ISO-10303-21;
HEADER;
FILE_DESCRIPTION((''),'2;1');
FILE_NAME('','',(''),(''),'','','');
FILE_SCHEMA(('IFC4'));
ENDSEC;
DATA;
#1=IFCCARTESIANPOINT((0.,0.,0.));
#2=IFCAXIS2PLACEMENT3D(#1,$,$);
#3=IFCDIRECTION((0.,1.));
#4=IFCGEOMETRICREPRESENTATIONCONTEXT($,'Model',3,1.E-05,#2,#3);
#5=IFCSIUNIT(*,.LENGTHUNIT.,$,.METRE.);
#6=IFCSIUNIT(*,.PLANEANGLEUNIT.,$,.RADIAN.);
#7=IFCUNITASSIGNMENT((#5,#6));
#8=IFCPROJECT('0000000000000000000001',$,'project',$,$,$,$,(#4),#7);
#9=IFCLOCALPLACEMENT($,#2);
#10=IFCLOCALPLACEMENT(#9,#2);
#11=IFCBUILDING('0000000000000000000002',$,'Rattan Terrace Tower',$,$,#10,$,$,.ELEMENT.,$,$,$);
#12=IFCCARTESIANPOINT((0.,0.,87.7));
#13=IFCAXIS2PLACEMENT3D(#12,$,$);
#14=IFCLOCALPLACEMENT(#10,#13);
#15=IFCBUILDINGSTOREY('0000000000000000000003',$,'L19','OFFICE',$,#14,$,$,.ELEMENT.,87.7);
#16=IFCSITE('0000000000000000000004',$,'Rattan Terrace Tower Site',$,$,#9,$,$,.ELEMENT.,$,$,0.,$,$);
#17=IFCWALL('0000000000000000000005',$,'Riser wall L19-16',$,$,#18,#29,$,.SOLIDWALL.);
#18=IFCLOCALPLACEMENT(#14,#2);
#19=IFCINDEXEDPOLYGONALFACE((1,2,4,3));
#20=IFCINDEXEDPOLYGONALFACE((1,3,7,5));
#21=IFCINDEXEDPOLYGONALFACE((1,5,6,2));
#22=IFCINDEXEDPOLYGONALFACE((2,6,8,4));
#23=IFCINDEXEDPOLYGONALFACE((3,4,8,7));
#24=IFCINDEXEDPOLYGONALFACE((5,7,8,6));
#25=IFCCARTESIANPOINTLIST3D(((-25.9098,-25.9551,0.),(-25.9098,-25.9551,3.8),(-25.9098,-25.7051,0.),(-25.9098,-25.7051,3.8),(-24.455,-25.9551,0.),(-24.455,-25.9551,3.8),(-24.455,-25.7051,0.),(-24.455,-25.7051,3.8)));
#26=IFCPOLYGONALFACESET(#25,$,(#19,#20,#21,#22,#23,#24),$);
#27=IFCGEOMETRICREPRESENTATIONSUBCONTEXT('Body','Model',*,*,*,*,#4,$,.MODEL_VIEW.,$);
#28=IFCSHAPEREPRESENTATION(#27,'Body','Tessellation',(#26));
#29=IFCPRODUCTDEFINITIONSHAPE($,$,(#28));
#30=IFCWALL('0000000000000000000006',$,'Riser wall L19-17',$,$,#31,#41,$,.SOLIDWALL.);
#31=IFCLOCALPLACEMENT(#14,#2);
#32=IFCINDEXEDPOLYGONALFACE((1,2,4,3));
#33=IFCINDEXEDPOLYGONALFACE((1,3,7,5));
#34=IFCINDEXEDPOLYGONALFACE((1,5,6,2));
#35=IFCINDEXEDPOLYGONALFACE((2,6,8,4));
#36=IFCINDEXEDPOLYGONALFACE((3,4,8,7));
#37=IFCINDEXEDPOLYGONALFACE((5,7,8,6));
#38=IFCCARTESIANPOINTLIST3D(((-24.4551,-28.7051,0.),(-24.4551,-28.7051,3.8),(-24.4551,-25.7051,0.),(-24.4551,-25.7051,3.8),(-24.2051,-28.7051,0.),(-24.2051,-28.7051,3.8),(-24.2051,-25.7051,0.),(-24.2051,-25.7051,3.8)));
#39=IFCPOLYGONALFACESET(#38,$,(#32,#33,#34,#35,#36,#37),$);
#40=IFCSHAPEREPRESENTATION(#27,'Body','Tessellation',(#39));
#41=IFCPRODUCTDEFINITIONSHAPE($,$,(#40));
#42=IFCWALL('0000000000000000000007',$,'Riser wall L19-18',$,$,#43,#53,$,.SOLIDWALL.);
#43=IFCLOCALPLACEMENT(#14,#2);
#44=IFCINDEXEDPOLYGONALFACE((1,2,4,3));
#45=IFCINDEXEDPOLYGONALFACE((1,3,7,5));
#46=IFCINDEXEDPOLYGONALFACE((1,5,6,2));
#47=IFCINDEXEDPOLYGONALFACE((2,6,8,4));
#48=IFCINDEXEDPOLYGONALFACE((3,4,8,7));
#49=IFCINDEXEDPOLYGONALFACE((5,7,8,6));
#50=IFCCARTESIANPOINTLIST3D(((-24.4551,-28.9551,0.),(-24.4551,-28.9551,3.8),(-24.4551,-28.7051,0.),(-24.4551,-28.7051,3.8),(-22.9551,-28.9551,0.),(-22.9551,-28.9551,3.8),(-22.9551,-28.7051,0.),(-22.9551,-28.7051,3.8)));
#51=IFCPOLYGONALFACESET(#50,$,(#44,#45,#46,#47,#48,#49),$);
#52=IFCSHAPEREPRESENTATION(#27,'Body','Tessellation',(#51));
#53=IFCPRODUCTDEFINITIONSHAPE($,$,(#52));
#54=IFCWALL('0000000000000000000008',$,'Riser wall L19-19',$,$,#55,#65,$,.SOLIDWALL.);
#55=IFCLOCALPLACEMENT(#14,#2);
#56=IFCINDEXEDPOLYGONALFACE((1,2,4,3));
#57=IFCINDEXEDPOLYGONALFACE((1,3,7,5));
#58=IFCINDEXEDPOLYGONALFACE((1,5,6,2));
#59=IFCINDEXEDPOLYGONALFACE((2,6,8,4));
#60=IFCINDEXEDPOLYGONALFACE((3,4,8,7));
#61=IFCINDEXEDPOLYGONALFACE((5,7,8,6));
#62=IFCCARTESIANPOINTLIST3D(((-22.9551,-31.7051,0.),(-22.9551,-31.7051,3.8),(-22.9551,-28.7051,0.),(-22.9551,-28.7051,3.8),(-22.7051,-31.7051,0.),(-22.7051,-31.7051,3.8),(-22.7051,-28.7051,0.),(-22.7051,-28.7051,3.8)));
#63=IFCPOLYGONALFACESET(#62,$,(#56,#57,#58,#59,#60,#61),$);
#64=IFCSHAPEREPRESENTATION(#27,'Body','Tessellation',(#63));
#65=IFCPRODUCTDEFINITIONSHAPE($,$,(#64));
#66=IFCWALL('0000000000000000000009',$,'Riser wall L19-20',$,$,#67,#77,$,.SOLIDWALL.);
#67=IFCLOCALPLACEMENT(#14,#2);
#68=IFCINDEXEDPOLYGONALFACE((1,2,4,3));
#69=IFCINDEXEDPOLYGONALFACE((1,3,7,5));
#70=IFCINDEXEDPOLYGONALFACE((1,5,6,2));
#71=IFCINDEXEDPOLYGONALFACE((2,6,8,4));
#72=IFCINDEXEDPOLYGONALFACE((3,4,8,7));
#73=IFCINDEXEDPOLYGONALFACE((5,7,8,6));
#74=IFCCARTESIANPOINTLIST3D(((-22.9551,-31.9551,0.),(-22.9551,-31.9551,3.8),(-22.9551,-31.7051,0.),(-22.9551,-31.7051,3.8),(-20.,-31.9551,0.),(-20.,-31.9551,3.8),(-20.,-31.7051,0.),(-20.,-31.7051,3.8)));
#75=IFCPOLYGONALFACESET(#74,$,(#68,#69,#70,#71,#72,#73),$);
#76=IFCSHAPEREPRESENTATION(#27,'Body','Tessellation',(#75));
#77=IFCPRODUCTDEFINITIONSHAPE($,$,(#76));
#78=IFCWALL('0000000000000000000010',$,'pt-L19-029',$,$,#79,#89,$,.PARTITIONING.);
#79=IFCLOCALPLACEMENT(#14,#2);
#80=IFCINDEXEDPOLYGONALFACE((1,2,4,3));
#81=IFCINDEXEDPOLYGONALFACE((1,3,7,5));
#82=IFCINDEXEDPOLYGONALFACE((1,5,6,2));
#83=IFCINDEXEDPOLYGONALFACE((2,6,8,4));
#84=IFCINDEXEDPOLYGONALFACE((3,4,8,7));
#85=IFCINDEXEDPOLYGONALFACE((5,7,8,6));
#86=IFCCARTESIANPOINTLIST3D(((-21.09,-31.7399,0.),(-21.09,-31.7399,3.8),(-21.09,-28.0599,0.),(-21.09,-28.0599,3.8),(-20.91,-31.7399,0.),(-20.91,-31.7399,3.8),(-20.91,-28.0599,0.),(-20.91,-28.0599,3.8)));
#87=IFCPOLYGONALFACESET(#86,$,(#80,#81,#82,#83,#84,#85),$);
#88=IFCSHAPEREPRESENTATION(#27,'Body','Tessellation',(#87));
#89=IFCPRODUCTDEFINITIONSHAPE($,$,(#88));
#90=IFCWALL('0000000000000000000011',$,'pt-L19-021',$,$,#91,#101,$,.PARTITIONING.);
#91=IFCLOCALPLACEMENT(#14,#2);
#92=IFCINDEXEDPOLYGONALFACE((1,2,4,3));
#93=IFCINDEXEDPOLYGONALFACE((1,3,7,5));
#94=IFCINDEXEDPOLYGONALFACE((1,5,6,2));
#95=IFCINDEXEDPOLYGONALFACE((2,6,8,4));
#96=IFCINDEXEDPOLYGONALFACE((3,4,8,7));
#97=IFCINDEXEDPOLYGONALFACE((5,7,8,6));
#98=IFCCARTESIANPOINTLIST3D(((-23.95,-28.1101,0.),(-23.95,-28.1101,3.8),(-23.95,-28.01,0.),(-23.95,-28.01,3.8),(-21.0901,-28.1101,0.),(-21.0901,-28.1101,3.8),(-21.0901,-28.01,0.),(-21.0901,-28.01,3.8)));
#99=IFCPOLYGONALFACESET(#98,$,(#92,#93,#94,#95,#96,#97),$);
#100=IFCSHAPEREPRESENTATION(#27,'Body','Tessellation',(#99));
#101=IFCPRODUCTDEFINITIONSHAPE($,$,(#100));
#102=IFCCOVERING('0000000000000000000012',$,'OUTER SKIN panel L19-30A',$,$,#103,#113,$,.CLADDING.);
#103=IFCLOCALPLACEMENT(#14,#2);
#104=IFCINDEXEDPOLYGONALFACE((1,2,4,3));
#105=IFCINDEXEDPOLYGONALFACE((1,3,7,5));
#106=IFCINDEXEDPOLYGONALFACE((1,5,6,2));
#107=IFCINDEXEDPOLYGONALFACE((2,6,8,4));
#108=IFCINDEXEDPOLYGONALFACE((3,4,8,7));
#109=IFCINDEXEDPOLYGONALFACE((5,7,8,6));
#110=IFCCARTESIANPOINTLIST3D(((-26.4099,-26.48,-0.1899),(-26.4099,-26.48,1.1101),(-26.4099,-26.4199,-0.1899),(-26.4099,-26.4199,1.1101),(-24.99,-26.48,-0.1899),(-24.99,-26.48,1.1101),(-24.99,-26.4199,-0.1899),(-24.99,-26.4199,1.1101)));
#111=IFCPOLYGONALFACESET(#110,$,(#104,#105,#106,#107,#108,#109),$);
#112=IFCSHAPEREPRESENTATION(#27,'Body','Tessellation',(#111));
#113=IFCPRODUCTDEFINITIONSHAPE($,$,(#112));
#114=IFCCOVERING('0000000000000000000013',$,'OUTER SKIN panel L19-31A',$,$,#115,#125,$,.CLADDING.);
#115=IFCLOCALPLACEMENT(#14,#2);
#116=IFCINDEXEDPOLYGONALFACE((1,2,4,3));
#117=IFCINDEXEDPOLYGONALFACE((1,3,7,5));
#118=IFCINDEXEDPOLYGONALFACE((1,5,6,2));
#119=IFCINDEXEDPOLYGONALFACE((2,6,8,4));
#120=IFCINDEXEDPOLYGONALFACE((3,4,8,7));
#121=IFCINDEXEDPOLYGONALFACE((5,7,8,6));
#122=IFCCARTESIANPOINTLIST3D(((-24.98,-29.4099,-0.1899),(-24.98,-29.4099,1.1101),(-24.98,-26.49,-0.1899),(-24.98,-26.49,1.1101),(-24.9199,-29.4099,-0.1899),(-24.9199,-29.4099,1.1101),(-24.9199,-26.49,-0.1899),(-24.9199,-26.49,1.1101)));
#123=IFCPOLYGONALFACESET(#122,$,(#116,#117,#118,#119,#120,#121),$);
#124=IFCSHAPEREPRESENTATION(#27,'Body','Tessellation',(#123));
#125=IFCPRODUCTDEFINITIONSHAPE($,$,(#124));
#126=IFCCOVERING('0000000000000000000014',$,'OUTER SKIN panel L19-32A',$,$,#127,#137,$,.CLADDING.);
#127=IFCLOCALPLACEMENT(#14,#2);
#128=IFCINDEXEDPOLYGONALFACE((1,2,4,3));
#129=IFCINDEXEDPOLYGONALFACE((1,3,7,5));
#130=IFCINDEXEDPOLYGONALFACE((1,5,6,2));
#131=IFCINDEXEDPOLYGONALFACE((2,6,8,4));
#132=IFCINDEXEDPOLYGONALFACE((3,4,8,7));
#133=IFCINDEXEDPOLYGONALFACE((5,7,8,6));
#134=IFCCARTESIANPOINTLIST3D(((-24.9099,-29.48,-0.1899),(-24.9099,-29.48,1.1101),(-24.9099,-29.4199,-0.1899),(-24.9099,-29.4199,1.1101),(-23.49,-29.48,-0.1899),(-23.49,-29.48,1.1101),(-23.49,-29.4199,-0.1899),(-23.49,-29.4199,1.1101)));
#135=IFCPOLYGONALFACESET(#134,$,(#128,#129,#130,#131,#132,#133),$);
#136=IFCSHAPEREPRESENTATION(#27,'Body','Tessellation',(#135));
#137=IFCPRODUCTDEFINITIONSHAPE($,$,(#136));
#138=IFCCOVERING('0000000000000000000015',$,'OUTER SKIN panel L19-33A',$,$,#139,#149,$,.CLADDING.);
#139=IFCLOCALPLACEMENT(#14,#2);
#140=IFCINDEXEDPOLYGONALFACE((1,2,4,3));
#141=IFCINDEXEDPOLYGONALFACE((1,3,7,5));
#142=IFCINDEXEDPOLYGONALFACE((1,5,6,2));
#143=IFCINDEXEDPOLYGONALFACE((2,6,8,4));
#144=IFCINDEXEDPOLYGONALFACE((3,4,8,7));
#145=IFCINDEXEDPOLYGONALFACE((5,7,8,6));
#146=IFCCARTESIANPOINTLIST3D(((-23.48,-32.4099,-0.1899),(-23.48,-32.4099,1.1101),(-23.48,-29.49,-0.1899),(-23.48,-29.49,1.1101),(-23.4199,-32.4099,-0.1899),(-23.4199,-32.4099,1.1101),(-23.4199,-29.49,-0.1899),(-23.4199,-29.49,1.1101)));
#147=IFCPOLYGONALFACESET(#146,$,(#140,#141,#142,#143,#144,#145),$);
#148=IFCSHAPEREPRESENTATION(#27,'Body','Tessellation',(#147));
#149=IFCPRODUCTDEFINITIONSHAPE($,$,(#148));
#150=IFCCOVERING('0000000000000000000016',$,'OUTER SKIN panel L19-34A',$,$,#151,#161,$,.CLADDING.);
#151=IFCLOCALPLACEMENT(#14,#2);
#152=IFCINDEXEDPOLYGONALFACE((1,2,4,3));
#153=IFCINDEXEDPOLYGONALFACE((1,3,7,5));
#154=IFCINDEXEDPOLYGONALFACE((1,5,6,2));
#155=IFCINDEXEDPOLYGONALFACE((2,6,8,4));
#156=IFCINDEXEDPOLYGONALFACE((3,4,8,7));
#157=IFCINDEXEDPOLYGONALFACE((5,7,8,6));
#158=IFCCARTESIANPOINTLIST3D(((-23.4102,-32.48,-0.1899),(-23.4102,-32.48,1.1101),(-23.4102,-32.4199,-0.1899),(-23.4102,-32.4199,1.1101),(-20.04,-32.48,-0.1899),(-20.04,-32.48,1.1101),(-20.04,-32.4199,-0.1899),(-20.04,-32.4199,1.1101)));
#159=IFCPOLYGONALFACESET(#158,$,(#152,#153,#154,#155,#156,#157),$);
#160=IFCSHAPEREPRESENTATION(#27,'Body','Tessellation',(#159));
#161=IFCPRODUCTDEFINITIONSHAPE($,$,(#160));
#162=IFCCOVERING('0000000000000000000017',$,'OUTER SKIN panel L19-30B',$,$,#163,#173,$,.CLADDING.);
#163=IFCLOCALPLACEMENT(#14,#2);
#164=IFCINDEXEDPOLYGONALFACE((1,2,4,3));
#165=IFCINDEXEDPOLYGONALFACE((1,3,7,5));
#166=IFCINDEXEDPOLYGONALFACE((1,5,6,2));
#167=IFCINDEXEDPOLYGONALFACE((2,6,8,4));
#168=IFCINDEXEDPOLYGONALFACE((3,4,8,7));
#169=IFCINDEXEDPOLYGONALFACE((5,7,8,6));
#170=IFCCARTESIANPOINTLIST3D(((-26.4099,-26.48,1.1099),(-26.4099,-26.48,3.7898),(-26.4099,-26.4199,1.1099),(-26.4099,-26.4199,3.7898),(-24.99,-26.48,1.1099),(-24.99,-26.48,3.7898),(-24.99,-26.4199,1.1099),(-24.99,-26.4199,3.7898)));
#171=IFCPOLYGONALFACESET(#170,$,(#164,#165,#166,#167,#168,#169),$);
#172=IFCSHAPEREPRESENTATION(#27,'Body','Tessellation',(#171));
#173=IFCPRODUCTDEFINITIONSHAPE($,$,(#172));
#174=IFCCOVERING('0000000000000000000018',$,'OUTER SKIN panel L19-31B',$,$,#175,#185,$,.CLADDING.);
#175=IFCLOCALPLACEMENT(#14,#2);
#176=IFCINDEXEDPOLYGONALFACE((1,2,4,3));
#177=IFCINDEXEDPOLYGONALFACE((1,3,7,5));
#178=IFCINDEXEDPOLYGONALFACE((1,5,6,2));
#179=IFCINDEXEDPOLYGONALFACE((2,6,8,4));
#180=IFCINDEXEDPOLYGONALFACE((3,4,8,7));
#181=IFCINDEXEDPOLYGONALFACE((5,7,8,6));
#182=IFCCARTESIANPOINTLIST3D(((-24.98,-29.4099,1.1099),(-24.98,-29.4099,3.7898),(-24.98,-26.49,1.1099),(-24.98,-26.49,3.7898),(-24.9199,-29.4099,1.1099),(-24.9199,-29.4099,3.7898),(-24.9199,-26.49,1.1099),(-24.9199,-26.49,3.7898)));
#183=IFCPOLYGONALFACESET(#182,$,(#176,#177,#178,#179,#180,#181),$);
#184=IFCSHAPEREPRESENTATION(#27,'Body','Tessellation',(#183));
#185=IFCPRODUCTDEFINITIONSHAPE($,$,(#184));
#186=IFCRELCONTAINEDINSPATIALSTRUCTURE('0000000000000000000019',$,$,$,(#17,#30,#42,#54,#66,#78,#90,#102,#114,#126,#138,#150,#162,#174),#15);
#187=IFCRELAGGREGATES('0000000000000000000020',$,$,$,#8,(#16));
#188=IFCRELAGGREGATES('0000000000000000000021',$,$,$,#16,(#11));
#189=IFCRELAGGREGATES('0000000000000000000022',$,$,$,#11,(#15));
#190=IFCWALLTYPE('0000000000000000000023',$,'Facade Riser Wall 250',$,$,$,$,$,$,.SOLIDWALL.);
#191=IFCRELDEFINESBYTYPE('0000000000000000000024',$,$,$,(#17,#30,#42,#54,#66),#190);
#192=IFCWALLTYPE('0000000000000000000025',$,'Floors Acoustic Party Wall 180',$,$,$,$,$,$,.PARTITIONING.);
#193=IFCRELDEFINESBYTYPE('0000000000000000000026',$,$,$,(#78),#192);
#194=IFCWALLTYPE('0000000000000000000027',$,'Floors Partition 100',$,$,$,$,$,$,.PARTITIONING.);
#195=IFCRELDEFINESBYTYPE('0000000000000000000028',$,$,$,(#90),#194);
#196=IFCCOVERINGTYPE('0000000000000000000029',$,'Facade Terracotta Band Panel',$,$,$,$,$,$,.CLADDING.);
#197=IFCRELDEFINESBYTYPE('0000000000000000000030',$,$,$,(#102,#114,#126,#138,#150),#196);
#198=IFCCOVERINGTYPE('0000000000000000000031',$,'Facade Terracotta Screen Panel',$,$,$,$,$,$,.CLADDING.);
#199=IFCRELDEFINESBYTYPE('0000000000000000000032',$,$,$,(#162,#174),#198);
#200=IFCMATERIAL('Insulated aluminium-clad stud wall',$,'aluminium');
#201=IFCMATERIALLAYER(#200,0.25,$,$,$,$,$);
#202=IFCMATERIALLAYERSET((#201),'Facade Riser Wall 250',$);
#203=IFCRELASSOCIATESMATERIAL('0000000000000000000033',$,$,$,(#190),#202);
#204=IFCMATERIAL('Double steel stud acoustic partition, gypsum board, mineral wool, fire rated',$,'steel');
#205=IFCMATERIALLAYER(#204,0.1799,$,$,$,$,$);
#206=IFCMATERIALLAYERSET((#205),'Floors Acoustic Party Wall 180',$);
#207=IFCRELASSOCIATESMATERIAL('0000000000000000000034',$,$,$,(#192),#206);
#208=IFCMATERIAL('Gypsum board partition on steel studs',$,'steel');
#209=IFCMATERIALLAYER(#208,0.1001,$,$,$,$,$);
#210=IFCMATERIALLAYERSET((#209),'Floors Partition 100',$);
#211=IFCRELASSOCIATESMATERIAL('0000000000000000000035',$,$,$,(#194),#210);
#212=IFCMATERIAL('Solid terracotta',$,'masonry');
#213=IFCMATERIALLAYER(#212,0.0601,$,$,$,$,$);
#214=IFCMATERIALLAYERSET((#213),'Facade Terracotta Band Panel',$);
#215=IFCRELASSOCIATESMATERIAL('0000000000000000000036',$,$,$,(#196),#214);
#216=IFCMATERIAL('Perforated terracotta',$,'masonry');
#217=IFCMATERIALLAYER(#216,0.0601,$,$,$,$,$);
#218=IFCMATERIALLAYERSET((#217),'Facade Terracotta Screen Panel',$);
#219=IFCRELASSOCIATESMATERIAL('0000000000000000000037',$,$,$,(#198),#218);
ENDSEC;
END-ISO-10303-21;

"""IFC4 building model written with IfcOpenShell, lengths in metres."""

from ifc_helpers import new_model, si_unit, direction, frame, frame_2d, origin, origin_2d, place, context, subcontext, project, spatial, rectangle, extrude, material, layer, layer_set, type_object, element, save


model = new_model("IFC4")

# Units and contexts
model_context = context("Model", 3, precision=1e-05, world=origin(), true_north=direction((0.0, 1.0)))
body_context = subcontext(model_context, "Body", "Model", "MODEL_VIEW")
ifc_project = project(units=[si_unit("LENGTHUNIT", "METRE"), si_unit("PLANEANGLEUNIT", "RADIAN")], contexts=[model_context])

# Site, building, storey
site_placement = place(None, origin())
site = spatial("IfcSite", under=ifc_project, at=site_placement, Name="Rattan Terrace Tower Site", CompositionType="ELEMENT", RefElevation=0.0)
building_placement = place(site_placement, origin())
building = spatial("IfcBuilding", under=site, at=building_placement, Name="Rattan Terrace Tower", CompositionType="ELEMENT")
storey_placement = place(building_placement, frame((0.0, 0.0, 87.7)))
storey = spatial("IfcBuildingStorey", under=building, at=storey_placement, Name="L19", Description="OFFICE", CompositionType="ELEMENT", Elevation=87.7)

# Walls
ifc_material_1 = material(Name="Insulated aluminium-clad stud wall", Category="aluminium")
ifc_layer_1 = layer(ifc_material_1, 0.25)
ifc_layer_set_1 = layer_set([ifc_layer_1], Name="Facade Riser Wall 250")
wall_type_1 = type_object("IfcWallType", Name="Facade Riser Wall 250", PredefinedType="SOLIDWALL", material=ifc_layer_set_1)
wall_1_placement = place(storey_placement, frame((-25.9099, -25.8301, 0.0), z_axis=(0.0, 0.0, 1.0), x_axis=(1.0, 0.0, 0.0)))
element("IfcWall", 1, at=wall_1_placement, inside=storey, type_object=wall_type_1, Name="Riser wall L19-16", PredefinedType="SOLIDWALL", context=body_context, shape_type="SweptSolid", body=[
    extrude(rectangle(XDim=1.4548, YDim=0.25, at=frame_2d((0.7275, 0.0))), origin(), (0.0, 0.0, 1.0), 3.8),
])
wall_2_placement = place(storey_placement, frame((-24.3301, -25.7051, 0.0), z_axis=(0.0, 0.0, 1.0), x_axis=(0.0, -1.0, 0.0)))
element("IfcWall", 2, at=wall_2_placement, inside=storey, type_object=wall_type_1, Name="Riser wall L19-17", PredefinedType="SOLIDWALL", context=body_context, shape_type="SweptSolid", body=[
    extrude(rectangle(XDim=3.0, YDim=0.25, at=frame_2d((1.5, 0.0))), origin(), (0.0, 0.0, 1.0), 3.8),
])
wall_3_placement = place(storey_placement, frame((-24.4551, -28.8301, 0.0), z_axis=(0.0, 0.0, 1.0), x_axis=(1.0, 0.0, 0.0)))
element("IfcWall", 3, at=wall_3_placement, inside=storey, type_object=wall_type_1, Name="Riser wall L19-18", PredefinedType="SOLIDWALL", context=body_context, shape_type="SweptSolid", body=[
    extrude(rectangle(XDim=1.5, YDim=0.25, at=frame_2d((0.75, 0.0))), origin(), (0.0, 0.0, 1.0), 3.8),
])
wall_4_placement = place(storey_placement, frame((-22.8301, -28.7051, 0.0), z_axis=(0.0, 0.0, 1.0), x_axis=(0.0, -1.0, 0.0)))
element("IfcWall", 4, at=wall_4_placement, inside=storey, type_object=wall_type_1, Name="Riser wall L19-19", PredefinedType="SOLIDWALL", context=body_context, shape_type="SweptSolid", body=[
    extrude(rectangle(XDim=3.0, YDim=0.25, at=frame_2d((1.5, 0.0))), origin(), (0.0, 0.0, 1.0), 3.8),
])
wall_5_placement = place(storey_placement, frame((-22.9551, -31.8301, 0.0), z_axis=(0.0, 0.0, 1.0), x_axis=(1.0, 0.0, 0.0)))
element("IfcWall", 5, at=wall_5_placement, inside=storey, type_object=wall_type_1, Name="Riser wall L19-20", PredefinedType="SOLIDWALL", context=body_context, shape_type="SweptSolid", body=[
    extrude(rectangle(XDim=2.9551, YDim=0.25, at=frame_2d((1.4775, 0.0))), origin(), (0.0, 0.0, 1.0), 3.8),
])
ifc_material_2 = material(Name="Double steel stud acoustic partition, gypsum board, mineral wool, fire rated", Category="steel")
ifc_layer_2 = layer(ifc_material_2, 0.1799)
ifc_layer_set_2 = layer_set([ifc_layer_2], Name="Floors Acoustic Party Wall 180")
wall_type_2 = type_object("IfcWallType", Name="Floors Acoustic Party Wall 180", PredefinedType="PARTITIONING", material=ifc_layer_set_2)
wall_6_placement = place(storey_placement, frame((-21.0, -28.0601, 0.0), z_axis=(0.0, 0.0, 1.0), x_axis=(0.0, -1.0, 0.0)))
element("IfcWall", 6, at=wall_6_placement, inside=storey, type_object=wall_type_2, Name="pt-L19-029", PredefinedType="PARTITIONING", context=body_context, shape_type="SweptSolid", body=[
    extrude(rectangle(XDim=3.6799, YDim=0.1799, at=frame_2d((1.8398, 0.0))), origin(), (0.0, 0.0, 1.0), 3.8),
])
ifc_material_3 = material(Name="Gypsum board partition on steel studs", Category="steel")
ifc_layer_3 = layer(ifc_material_3, 0.1001)
ifc_layer_set_3 = layer_set([ifc_layer_3], Name="Floors Partition 100")
wall_type_3 = type_object("IfcWallType", Name="Floors Partition 100", PredefinedType="PARTITIONING", material=ifc_layer_set_3)
wall_7_placement = place(storey_placement, frame((-23.95, -28.0601, 0.0), z_axis=(0.0, 0.0, 1.0), x_axis=(1.0, 0.0, 0.0)))
element("IfcWall", 7, at=wall_7_placement, inside=storey, type_object=wall_type_3, Name="pt-L19-021", PredefinedType="PARTITIONING", context=body_context, shape_type="SweptSolid", body=[
    extrude(rectangle(XDim=2.8599, YDim=0.1001, at=frame_2d((1.4299, 0.0))), origin(), (0.0, 0.0, 1.0), 3.8),
])

# Coverings
ifc_material_4 = material(Name="Solid terracotta", Category="masonry")
ifc_layer_4 = layer(ifc_material_4, 0.0601)
ifc_layer_set_4 = layer_set([ifc_layer_4], Name="Facade Terracotta Band Panel")
covering_type_1 = type_object("IfcCoveringType", Name="Facade Terracotta Band Panel", PredefinedType="CLADDING", material=ifc_layer_set_4)
covering_1_placement = place(storey_placement, frame((-25.7, -26.45, -0.1899), z_axis=(0.0, 0.0, 1.0), x_axis=(1.0, 0.0, 0.0)))
element("IfcCovering", 8, at=covering_1_placement, inside=storey, type_object=covering_type_1, Name="OUTER SKIN panel L19-30A", PredefinedType="CLADDING", context=body_context, shape_type="SweptSolid", body=[
    extrude(rectangle(XDim=1.4199, YDim=0.0601, at=origin_2d()), origin(), (0.0, 0.0, 1.0), 1.3),
])
covering_2_placement = place(storey_placement, frame((-24.95, -27.95, -0.1899), z_axis=(0.0, 0.0, 1.0), x_axis=(0.0, -1.0, 0.0)))
element("IfcCovering", 9, at=covering_2_placement, inside=storey, type_object=covering_type_1, Name="OUTER SKIN panel L19-31A", PredefinedType="CLADDING", context=body_context, shape_type="SweptSolid", body=[
    extrude(rectangle(XDim=2.9199, YDim=0.0601, at=origin_2d()), origin(), (0.0, 0.0, 1.0), 1.3),
])
covering_3_placement = place(storey_placement, frame((-24.2, -29.45, -0.1899), z_axis=(0.0, 0.0, 1.0), x_axis=(1.0, 0.0, 0.0)))
element("IfcCovering", 10, at=covering_3_placement, inside=storey, type_object=covering_type_1, Name="OUTER SKIN panel L19-32A", PredefinedType="CLADDING", context=body_context, shape_type="SweptSolid", body=[
    extrude(rectangle(XDim=1.4199, YDim=0.0601, at=origin_2d()), origin(), (0.0, 0.0, 1.0), 1.3),
])
covering_4_placement = place(storey_placement, frame((-23.45, -30.95, -0.1899), z_axis=(0.0, 0.0, 1.0), x_axis=(0.0, -1.0, 0.0)))
element("IfcCovering", 11, at=covering_4_placement, inside=storey, type_object=covering_type_1, Name="OUTER SKIN panel L19-33A", PredefinedType="CLADDING", context=body_context, shape_type="SweptSolid", body=[
    extrude(rectangle(XDim=2.9199, YDim=0.0601, at=origin_2d()), origin(), (0.0, 0.0, 1.0), 1.3),
])
covering_5_placement = place(storey_placement, frame((-21.7251, -32.45, -0.1899), z_axis=(0.0, 0.0, 1.0), x_axis=(1.0, 0.0, 0.0)))
element("IfcCovering", 12, at=covering_5_placement, inside=storey, type_object=covering_type_1, Name="OUTER SKIN panel L19-34A", PredefinedType="CLADDING", context=body_context, shape_type="SweptSolid", body=[
    extrude(rectangle(XDim=3.3701, YDim=0.0601, at=origin_2d()), origin(), (0.0, 0.0, 1.0), 1.3),
])
ifc_material_5 = material(Name="Perforated terracotta", Category="masonry")
ifc_layer_5 = layer(ifc_material_5, 0.0601)
ifc_layer_set_5 = layer_set([ifc_layer_5], Name="Facade Terracotta Screen Panel")
covering_type_2 = type_object("IfcCoveringType", Name="Facade Terracotta Screen Panel", PredefinedType="CLADDING", material=ifc_layer_set_5)
covering_6_placement = place(storey_placement, frame((-25.7, -26.45, 1.1099), z_axis=(0.0, 0.0, 1.0), x_axis=(1.0, 0.0, 0.0)))
element("IfcCovering", 13, at=covering_6_placement, inside=storey, type_object=covering_type_2, Name="OUTER SKIN panel L19-30B", PredefinedType="CLADDING", context=body_context, shape_type="SweptSolid", body=[
    extrude(rectangle(XDim=1.4199, YDim=0.0601, at=origin_2d()), origin(), (0.0, 0.0, 1.0), 2.6799),
])
covering_7_placement = place(storey_placement, frame((-24.95, -27.95, 1.1099), z_axis=(0.0, 0.0, 1.0), x_axis=(0.0, -1.0, 0.0)))
element("IfcCovering", 14, at=covering_7_placement, inside=storey, type_object=covering_type_2, Name="OUTER SKIN panel L19-31B", PredefinedType="CLADDING", context=body_context, shape_type="SweptSolid", body=[
    extrude(rectangle(XDim=2.9199, YDim=0.0601, at=origin_2d()), origin(), (0.0, 0.0, 1.0), 2.6799),
])

save(model, "model.ifc")
